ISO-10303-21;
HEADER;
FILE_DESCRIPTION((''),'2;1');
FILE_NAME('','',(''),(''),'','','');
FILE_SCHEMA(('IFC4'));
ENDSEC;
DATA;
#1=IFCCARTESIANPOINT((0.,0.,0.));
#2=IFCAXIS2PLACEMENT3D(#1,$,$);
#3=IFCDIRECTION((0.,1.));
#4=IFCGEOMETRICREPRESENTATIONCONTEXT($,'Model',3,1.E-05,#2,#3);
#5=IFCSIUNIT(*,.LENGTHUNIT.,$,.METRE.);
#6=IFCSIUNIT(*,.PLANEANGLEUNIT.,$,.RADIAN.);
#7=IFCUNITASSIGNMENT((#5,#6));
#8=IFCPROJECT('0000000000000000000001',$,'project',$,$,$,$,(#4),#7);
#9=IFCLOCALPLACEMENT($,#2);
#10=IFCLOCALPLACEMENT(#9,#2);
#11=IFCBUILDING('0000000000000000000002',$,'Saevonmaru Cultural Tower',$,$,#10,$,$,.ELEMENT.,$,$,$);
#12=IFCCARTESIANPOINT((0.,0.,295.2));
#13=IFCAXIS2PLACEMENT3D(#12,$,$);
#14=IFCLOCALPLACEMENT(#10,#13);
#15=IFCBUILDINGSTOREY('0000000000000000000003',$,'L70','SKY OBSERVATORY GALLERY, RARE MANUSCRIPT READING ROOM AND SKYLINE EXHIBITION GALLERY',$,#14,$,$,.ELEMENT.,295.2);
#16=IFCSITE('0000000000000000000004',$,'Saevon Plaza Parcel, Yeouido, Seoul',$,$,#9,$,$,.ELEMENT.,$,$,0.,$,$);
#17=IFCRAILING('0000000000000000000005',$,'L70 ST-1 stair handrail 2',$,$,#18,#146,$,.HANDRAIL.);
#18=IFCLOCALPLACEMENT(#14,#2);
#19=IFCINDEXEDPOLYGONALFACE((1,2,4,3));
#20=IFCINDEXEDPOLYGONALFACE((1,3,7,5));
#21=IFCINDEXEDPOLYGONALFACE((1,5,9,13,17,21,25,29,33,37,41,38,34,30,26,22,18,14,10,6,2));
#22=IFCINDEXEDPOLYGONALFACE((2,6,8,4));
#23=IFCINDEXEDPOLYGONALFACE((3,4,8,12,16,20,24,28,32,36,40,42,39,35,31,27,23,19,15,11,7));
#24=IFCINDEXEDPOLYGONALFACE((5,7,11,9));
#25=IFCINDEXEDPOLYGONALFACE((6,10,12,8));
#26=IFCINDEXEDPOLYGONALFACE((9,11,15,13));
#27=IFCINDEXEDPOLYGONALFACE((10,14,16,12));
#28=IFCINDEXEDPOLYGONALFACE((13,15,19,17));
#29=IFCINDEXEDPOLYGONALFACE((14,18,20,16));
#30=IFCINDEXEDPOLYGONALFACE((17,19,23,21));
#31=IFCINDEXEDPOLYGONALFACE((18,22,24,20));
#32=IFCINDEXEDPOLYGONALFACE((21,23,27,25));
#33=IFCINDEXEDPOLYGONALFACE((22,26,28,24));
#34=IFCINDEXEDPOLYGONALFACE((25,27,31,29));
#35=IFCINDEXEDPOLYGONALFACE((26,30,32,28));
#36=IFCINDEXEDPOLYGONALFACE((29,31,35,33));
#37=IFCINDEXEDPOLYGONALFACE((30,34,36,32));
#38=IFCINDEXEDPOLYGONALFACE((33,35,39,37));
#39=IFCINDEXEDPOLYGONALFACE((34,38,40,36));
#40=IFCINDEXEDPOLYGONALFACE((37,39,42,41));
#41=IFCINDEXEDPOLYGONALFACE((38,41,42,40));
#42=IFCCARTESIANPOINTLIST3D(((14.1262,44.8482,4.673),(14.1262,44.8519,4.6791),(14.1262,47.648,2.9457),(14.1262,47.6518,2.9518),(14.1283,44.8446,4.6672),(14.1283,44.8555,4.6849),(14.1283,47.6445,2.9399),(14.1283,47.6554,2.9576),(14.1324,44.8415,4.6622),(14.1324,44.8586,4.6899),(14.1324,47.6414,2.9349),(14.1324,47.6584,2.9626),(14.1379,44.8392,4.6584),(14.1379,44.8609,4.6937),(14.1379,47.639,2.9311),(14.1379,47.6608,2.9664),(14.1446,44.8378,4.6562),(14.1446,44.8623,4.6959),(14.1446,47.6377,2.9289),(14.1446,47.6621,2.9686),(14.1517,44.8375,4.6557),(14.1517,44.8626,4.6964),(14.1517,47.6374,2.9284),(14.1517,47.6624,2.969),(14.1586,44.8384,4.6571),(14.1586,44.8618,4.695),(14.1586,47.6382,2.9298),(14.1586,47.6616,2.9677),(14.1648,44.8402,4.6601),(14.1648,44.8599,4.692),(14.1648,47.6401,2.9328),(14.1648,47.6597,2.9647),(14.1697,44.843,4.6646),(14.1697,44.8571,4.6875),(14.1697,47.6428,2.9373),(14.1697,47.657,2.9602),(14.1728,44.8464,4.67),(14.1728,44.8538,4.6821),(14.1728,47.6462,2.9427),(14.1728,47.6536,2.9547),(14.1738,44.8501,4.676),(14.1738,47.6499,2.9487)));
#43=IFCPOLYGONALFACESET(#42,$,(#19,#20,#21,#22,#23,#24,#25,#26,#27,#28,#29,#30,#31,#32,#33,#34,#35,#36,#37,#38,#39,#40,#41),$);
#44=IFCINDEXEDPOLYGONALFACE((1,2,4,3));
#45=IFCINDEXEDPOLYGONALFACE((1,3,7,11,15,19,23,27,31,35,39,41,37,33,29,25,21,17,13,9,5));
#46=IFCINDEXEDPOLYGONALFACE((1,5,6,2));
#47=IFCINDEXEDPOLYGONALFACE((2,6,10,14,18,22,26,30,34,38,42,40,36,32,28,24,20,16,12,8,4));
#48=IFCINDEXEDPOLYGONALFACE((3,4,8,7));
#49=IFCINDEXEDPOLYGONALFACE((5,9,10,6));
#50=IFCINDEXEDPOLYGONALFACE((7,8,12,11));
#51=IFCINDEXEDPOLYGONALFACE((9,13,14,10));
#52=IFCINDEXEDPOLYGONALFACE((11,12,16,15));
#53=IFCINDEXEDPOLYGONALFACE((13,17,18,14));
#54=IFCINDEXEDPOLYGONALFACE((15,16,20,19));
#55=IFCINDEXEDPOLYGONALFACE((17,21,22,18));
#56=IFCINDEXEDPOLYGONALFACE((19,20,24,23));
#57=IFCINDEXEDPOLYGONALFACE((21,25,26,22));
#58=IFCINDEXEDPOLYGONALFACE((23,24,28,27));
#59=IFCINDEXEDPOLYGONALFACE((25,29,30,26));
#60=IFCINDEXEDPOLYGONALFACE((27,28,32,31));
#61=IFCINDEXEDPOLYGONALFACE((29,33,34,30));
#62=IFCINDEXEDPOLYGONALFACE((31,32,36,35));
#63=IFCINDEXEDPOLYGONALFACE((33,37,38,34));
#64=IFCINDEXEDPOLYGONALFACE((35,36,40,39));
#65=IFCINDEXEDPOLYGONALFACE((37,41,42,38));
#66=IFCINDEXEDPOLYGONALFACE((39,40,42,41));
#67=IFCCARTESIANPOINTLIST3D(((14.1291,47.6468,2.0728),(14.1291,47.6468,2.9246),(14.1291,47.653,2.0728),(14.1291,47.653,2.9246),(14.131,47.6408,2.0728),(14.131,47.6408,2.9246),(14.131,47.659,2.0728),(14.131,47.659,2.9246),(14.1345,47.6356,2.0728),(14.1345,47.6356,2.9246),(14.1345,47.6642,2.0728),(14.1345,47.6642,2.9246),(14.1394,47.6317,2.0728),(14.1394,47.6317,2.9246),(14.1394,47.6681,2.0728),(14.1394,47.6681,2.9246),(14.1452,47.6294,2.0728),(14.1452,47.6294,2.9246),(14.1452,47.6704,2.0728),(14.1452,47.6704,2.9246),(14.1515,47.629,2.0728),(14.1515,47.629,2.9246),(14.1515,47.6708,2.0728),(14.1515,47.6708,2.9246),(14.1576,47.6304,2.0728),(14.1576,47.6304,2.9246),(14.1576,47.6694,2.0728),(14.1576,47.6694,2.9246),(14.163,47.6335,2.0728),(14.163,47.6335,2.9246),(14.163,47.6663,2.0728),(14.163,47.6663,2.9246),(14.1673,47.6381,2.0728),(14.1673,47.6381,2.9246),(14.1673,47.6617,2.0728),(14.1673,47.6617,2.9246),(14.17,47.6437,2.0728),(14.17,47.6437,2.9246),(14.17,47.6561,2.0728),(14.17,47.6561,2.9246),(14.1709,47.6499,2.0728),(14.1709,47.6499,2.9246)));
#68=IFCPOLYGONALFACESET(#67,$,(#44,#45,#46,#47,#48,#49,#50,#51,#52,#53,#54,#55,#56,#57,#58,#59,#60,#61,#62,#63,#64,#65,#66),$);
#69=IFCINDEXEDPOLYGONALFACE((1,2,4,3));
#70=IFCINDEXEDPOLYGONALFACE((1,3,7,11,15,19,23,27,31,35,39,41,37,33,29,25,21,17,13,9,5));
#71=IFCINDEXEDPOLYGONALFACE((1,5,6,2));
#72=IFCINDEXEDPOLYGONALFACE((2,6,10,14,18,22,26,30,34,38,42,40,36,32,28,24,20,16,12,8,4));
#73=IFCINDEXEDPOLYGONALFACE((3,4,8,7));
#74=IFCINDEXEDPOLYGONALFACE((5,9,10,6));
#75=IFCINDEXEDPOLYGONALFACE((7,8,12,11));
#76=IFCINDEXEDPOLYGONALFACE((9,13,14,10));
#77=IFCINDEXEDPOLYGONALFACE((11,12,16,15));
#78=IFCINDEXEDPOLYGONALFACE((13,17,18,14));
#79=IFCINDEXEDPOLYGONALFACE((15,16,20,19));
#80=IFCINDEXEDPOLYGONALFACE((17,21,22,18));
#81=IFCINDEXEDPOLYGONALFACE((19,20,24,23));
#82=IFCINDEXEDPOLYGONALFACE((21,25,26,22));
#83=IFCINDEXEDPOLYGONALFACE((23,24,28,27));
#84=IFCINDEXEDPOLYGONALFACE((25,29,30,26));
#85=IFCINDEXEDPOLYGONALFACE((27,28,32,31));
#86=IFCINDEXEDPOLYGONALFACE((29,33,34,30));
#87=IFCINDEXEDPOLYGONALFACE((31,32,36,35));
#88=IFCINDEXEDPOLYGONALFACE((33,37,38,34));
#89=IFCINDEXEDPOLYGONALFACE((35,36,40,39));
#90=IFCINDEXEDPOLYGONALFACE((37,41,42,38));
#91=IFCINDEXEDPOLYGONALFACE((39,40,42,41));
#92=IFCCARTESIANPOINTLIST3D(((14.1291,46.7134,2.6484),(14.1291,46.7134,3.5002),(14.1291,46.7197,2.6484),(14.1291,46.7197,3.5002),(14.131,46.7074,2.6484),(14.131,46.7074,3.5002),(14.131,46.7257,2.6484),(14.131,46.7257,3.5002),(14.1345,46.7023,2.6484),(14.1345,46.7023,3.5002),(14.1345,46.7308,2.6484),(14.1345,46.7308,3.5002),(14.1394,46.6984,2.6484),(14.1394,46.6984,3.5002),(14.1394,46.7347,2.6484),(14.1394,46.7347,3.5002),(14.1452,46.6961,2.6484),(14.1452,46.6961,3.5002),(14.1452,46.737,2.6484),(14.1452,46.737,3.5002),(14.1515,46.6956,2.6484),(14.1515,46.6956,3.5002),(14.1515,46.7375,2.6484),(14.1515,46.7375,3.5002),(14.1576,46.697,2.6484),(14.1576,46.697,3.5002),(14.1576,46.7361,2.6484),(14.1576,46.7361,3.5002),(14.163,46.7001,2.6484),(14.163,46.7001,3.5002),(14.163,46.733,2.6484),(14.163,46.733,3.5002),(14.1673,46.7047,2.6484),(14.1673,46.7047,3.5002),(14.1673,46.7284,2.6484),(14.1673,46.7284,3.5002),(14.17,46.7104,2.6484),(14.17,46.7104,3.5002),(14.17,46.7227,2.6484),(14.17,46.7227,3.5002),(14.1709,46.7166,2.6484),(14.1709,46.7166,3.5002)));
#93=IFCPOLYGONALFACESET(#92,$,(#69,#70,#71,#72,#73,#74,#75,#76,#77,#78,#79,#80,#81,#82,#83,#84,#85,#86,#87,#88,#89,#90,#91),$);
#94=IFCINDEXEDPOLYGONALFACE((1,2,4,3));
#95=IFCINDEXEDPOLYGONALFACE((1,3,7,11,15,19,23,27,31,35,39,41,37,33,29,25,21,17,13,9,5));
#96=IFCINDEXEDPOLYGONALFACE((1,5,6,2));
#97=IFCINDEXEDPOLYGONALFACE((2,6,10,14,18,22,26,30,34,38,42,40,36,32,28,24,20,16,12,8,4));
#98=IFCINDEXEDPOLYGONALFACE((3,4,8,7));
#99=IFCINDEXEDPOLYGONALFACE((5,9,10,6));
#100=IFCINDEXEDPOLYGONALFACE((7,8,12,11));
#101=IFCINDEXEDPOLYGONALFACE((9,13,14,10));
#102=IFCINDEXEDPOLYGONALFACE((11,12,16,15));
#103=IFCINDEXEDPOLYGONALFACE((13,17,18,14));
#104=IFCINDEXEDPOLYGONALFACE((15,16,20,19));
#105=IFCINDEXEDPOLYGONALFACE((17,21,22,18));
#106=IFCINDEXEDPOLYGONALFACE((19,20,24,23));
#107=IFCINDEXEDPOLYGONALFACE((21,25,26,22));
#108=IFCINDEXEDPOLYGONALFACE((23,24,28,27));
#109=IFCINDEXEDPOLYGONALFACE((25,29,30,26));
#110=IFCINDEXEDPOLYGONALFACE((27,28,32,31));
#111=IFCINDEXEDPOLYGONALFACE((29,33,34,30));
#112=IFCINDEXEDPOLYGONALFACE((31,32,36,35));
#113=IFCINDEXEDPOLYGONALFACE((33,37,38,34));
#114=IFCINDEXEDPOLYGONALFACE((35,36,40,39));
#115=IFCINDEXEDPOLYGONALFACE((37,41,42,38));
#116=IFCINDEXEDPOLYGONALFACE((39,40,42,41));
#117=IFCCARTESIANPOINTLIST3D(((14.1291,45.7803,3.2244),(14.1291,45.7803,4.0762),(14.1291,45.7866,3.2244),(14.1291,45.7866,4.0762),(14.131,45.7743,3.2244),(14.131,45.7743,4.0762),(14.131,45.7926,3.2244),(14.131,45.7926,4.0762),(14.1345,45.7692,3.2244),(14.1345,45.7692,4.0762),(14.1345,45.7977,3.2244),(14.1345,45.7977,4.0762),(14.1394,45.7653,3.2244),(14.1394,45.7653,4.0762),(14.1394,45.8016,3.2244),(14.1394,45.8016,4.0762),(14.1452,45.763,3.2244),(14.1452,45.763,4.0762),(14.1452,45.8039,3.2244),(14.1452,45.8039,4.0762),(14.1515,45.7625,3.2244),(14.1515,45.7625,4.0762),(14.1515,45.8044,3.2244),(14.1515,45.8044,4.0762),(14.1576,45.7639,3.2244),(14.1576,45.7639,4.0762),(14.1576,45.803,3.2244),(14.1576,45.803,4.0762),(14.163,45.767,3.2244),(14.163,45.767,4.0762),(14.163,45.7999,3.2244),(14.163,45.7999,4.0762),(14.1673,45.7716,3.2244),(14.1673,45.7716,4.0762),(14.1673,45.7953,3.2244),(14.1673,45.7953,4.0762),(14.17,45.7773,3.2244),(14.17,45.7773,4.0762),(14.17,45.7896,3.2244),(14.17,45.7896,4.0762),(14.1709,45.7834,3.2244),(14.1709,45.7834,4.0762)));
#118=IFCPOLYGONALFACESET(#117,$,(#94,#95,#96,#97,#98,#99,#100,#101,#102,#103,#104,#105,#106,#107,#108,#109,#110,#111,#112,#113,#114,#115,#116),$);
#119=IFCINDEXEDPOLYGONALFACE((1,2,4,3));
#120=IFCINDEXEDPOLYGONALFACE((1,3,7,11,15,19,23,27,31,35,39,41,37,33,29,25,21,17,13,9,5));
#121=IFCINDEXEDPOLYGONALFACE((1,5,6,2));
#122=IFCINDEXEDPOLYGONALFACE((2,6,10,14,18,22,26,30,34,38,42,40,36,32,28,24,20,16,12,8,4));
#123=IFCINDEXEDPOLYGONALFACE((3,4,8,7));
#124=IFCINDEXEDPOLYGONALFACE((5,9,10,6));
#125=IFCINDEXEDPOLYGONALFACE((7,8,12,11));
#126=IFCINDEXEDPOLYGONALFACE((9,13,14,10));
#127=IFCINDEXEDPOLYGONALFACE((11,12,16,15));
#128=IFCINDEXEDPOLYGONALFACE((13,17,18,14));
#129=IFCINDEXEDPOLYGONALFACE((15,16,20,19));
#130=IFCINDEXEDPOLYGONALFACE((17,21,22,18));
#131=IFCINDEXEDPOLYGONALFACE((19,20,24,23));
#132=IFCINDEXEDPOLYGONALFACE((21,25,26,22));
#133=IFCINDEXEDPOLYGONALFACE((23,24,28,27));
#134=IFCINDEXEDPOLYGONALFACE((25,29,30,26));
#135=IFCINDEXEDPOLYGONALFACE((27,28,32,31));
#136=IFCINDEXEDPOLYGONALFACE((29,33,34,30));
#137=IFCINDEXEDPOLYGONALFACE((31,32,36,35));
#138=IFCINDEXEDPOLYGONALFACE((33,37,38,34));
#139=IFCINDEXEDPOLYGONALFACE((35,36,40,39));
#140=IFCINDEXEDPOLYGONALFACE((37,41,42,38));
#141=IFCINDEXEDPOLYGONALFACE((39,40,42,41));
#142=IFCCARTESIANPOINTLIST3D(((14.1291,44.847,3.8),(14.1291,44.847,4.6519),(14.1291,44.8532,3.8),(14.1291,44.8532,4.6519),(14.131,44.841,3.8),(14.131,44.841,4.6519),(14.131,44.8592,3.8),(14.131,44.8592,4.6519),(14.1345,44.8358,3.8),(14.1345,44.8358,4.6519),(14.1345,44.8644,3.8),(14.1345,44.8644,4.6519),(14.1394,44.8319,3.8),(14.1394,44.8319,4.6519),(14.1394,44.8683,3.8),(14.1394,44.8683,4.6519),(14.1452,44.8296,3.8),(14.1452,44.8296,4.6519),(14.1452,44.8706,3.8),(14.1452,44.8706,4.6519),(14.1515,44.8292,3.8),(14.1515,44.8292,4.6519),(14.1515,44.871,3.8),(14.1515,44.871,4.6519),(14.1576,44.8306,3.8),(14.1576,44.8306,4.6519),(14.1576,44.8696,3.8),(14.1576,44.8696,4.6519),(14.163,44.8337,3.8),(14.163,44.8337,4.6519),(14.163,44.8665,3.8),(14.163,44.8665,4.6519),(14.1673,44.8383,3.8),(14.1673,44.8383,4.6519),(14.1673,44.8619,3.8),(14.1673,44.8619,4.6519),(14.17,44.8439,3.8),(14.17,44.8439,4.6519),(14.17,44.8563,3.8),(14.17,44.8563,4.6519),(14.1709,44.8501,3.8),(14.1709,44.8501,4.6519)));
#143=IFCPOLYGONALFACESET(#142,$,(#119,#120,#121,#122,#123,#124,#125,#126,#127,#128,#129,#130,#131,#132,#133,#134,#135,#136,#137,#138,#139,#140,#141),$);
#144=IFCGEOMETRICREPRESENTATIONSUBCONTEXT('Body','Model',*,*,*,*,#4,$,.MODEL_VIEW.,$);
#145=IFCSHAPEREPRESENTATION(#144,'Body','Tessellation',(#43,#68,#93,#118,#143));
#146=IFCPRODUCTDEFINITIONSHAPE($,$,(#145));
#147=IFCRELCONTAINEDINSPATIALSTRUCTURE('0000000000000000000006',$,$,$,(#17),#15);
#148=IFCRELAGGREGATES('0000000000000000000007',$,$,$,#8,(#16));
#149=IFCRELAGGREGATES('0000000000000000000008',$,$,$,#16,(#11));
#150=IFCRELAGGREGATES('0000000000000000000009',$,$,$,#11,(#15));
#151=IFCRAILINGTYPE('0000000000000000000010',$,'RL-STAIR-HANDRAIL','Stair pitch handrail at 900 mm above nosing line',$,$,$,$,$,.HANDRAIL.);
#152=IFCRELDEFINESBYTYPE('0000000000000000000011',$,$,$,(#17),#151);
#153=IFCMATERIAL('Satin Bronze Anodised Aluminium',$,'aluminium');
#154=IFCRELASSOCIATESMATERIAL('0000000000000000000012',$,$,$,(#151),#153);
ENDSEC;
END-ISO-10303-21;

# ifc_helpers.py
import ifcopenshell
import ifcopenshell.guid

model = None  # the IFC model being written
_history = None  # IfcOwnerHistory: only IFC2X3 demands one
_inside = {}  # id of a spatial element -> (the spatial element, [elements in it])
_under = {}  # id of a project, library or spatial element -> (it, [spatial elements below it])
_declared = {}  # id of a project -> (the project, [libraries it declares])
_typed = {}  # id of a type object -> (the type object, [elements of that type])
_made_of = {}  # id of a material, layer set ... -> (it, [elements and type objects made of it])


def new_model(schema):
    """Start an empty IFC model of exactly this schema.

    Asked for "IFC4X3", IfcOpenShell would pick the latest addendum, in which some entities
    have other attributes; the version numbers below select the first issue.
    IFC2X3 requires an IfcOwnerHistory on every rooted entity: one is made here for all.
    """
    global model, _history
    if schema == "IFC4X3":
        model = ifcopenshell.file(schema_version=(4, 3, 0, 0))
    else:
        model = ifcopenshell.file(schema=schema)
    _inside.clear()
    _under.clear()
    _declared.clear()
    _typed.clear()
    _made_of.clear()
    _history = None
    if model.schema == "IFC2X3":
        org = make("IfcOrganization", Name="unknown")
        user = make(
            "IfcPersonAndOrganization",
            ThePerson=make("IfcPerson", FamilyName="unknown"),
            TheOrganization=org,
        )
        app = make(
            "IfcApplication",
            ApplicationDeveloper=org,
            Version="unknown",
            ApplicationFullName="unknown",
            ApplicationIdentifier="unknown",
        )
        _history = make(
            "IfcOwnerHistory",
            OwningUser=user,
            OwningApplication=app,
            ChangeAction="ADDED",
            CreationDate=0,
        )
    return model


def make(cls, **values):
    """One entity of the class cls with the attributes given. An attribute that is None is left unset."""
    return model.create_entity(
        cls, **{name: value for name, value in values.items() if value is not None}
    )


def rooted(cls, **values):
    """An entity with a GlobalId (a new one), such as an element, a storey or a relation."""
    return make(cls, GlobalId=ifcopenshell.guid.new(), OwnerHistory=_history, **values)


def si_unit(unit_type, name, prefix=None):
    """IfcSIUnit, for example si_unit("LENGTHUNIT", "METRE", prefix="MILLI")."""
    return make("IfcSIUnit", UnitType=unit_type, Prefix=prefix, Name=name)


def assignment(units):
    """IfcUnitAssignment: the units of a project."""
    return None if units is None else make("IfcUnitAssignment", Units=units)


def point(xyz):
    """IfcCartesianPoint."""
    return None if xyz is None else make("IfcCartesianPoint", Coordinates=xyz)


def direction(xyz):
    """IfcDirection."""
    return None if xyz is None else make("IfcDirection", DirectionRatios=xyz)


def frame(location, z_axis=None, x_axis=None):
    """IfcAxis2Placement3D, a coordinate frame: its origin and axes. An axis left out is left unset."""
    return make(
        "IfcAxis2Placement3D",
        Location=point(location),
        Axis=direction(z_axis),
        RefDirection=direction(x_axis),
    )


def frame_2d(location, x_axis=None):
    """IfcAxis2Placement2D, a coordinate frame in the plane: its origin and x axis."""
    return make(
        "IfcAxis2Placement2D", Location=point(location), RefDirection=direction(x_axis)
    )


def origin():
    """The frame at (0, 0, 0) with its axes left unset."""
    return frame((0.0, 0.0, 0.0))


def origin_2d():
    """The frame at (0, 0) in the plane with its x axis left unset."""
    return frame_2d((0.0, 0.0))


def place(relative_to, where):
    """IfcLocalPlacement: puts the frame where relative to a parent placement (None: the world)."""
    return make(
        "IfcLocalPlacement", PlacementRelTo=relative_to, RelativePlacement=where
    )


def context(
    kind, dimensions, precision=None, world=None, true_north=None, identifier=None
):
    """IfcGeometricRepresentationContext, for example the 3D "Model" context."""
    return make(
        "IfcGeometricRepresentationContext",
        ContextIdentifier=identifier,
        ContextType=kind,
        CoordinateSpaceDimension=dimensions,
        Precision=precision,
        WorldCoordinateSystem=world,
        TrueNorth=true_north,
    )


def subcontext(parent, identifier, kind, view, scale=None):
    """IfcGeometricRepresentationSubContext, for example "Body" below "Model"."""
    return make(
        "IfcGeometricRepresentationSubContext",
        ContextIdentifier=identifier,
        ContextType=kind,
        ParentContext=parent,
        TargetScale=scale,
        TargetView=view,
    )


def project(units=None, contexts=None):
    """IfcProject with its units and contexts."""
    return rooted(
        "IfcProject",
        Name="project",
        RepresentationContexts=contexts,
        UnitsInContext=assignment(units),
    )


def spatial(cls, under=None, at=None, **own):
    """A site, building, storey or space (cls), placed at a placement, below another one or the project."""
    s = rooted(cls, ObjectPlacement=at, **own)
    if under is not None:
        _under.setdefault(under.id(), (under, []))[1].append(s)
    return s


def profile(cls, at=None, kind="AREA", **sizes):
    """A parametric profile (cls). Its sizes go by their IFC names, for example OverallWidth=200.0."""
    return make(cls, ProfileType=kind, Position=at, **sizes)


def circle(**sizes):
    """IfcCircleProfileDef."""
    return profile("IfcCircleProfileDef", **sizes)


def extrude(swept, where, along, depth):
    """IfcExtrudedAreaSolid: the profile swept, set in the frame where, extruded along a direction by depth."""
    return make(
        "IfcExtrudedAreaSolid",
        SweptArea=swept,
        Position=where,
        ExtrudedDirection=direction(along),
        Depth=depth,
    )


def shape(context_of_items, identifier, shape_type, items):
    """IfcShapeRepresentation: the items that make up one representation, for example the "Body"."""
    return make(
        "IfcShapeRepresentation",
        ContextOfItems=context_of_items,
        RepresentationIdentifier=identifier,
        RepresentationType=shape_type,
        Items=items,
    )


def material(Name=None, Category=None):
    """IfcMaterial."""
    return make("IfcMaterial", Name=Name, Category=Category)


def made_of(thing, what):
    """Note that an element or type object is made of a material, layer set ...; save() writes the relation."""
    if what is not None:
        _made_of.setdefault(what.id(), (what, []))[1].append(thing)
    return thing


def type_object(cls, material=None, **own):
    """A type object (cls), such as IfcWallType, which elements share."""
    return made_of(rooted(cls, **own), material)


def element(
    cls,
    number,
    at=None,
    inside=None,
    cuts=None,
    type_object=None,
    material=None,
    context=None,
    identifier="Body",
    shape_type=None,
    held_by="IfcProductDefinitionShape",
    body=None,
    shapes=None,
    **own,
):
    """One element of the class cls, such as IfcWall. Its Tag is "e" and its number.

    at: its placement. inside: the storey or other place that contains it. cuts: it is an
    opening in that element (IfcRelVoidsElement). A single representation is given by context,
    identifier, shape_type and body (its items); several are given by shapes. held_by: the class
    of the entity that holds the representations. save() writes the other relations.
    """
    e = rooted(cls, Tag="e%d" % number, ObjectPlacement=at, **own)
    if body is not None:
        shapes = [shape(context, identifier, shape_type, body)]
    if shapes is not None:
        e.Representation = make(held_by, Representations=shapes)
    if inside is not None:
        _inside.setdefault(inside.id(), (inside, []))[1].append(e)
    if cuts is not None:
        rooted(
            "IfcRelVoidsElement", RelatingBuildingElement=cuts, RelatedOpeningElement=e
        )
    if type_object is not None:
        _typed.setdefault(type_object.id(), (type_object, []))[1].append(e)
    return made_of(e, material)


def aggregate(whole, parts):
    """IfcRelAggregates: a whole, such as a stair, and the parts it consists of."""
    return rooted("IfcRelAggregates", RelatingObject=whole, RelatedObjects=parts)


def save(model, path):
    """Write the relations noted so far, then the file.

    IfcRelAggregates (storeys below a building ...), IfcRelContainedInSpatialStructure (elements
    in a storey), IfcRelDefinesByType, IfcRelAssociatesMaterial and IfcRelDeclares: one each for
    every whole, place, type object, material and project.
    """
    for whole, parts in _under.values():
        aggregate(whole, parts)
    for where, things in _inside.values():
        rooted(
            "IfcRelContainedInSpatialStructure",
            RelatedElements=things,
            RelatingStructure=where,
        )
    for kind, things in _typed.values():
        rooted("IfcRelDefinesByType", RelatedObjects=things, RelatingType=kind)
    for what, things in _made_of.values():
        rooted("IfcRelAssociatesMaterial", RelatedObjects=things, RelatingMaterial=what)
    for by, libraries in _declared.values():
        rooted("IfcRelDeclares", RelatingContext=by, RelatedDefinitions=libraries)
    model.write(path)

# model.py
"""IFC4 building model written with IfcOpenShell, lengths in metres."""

from ifc_helpers import new_model, si_unit, direction, frame, origin, origin_2d, place, context, subcontext, project, spatial, circle, extrude, material, type_object, element, save


model = new_model("IFC4")

# Units and contexts
model_context = context("Model", 3, precision=1e-05, world=origin(), true_north=direction((0.0, 1.0)))
body_context = subcontext(model_context, "Body", "Model", "MODEL_VIEW")
ifc_project = project(units=[si_unit("LENGTHUNIT", "METRE"), si_unit("PLANEANGLEUNIT", "RADIAN")], contexts=[model_context])

# Site, building, storey
site_placement = place(None, origin())
site = spatial("IfcSite", under=ifc_project, at=site_placement, Name="Saevon Plaza Parcel, Yeouido, Seoul", CompositionType="ELEMENT", RefElevation=0.0)
building_placement = place(site_placement, origin())
building = spatial("IfcBuilding", under=site, at=building_placement, Name="Saevonmaru Cultural Tower", CompositionType="ELEMENT")
storey_placement = place(building_placement, frame((0.0, 0.0, 295.2)))
storey = spatial("IfcBuildingStorey", under=building, at=storey_placement, Name="L70", Description="SKY OBSERVATORY GALLERY, RARE MANUSCRIPT READING ROOM AND SKYLINE EXHIBITION GALLERY", CompositionType="ELEMENT", Elevation=295.2)

# Shared definitions
ifc_material_1 = material(Name="Satin Bronze Anodised Aluminium", Category="aluminium")

# Railing
railing_type_1 = type_object("IfcRailingType", Name="RL-STAIR-HANDRAIL", Description="Stair pitch handrail at 900 mm above nosing line", PredefinedType="HANDRAIL", material=ifc_material_1)
railing_1_placement = place(storey_placement, frame((14.1499, 47.6499, 2.0728)))
element("IfcRailing", 1, at=railing_1_placement, inside=storey, type_object=railing_type_1, Name="L70 ST-1 stair handrail 2", PredefinedType="HANDRAIL", context=body_context, shape_type="SweptSolid", body=[
    extrude(circle(Radius=0.0239, at=origin_2d()), frame((0.0, 0.0, 0.876), z_axis=(0.0, -0.851069, 0.525054), x_axis=(1.0, 0.0, 0.0)), (0.0, 0.0, 1.0), 3.2898),
    extrude(circle(Radius=0.021, at=origin_2d()), origin(), (0.0, 0.0, 1.0), 0.8518),
    extrude(circle(Radius=0.021, at=origin_2d()), frame((0.0, -0.9333, 0.5757)), (0.0, 0.0, 1.0), 0.8518),
    extrude(circle(Radius=0.021, at=origin_2d()), frame((0.0, -1.8665, 1.1516)), (0.0, 0.0, 1.0), 0.8518),
    extrude(circle(Radius=0.021, at=origin_2d()), frame((0.0, -2.7998, 1.7273)), (0.0, 0.0, 1.0), 0.8518),
])

save(model, "model.ifc")
